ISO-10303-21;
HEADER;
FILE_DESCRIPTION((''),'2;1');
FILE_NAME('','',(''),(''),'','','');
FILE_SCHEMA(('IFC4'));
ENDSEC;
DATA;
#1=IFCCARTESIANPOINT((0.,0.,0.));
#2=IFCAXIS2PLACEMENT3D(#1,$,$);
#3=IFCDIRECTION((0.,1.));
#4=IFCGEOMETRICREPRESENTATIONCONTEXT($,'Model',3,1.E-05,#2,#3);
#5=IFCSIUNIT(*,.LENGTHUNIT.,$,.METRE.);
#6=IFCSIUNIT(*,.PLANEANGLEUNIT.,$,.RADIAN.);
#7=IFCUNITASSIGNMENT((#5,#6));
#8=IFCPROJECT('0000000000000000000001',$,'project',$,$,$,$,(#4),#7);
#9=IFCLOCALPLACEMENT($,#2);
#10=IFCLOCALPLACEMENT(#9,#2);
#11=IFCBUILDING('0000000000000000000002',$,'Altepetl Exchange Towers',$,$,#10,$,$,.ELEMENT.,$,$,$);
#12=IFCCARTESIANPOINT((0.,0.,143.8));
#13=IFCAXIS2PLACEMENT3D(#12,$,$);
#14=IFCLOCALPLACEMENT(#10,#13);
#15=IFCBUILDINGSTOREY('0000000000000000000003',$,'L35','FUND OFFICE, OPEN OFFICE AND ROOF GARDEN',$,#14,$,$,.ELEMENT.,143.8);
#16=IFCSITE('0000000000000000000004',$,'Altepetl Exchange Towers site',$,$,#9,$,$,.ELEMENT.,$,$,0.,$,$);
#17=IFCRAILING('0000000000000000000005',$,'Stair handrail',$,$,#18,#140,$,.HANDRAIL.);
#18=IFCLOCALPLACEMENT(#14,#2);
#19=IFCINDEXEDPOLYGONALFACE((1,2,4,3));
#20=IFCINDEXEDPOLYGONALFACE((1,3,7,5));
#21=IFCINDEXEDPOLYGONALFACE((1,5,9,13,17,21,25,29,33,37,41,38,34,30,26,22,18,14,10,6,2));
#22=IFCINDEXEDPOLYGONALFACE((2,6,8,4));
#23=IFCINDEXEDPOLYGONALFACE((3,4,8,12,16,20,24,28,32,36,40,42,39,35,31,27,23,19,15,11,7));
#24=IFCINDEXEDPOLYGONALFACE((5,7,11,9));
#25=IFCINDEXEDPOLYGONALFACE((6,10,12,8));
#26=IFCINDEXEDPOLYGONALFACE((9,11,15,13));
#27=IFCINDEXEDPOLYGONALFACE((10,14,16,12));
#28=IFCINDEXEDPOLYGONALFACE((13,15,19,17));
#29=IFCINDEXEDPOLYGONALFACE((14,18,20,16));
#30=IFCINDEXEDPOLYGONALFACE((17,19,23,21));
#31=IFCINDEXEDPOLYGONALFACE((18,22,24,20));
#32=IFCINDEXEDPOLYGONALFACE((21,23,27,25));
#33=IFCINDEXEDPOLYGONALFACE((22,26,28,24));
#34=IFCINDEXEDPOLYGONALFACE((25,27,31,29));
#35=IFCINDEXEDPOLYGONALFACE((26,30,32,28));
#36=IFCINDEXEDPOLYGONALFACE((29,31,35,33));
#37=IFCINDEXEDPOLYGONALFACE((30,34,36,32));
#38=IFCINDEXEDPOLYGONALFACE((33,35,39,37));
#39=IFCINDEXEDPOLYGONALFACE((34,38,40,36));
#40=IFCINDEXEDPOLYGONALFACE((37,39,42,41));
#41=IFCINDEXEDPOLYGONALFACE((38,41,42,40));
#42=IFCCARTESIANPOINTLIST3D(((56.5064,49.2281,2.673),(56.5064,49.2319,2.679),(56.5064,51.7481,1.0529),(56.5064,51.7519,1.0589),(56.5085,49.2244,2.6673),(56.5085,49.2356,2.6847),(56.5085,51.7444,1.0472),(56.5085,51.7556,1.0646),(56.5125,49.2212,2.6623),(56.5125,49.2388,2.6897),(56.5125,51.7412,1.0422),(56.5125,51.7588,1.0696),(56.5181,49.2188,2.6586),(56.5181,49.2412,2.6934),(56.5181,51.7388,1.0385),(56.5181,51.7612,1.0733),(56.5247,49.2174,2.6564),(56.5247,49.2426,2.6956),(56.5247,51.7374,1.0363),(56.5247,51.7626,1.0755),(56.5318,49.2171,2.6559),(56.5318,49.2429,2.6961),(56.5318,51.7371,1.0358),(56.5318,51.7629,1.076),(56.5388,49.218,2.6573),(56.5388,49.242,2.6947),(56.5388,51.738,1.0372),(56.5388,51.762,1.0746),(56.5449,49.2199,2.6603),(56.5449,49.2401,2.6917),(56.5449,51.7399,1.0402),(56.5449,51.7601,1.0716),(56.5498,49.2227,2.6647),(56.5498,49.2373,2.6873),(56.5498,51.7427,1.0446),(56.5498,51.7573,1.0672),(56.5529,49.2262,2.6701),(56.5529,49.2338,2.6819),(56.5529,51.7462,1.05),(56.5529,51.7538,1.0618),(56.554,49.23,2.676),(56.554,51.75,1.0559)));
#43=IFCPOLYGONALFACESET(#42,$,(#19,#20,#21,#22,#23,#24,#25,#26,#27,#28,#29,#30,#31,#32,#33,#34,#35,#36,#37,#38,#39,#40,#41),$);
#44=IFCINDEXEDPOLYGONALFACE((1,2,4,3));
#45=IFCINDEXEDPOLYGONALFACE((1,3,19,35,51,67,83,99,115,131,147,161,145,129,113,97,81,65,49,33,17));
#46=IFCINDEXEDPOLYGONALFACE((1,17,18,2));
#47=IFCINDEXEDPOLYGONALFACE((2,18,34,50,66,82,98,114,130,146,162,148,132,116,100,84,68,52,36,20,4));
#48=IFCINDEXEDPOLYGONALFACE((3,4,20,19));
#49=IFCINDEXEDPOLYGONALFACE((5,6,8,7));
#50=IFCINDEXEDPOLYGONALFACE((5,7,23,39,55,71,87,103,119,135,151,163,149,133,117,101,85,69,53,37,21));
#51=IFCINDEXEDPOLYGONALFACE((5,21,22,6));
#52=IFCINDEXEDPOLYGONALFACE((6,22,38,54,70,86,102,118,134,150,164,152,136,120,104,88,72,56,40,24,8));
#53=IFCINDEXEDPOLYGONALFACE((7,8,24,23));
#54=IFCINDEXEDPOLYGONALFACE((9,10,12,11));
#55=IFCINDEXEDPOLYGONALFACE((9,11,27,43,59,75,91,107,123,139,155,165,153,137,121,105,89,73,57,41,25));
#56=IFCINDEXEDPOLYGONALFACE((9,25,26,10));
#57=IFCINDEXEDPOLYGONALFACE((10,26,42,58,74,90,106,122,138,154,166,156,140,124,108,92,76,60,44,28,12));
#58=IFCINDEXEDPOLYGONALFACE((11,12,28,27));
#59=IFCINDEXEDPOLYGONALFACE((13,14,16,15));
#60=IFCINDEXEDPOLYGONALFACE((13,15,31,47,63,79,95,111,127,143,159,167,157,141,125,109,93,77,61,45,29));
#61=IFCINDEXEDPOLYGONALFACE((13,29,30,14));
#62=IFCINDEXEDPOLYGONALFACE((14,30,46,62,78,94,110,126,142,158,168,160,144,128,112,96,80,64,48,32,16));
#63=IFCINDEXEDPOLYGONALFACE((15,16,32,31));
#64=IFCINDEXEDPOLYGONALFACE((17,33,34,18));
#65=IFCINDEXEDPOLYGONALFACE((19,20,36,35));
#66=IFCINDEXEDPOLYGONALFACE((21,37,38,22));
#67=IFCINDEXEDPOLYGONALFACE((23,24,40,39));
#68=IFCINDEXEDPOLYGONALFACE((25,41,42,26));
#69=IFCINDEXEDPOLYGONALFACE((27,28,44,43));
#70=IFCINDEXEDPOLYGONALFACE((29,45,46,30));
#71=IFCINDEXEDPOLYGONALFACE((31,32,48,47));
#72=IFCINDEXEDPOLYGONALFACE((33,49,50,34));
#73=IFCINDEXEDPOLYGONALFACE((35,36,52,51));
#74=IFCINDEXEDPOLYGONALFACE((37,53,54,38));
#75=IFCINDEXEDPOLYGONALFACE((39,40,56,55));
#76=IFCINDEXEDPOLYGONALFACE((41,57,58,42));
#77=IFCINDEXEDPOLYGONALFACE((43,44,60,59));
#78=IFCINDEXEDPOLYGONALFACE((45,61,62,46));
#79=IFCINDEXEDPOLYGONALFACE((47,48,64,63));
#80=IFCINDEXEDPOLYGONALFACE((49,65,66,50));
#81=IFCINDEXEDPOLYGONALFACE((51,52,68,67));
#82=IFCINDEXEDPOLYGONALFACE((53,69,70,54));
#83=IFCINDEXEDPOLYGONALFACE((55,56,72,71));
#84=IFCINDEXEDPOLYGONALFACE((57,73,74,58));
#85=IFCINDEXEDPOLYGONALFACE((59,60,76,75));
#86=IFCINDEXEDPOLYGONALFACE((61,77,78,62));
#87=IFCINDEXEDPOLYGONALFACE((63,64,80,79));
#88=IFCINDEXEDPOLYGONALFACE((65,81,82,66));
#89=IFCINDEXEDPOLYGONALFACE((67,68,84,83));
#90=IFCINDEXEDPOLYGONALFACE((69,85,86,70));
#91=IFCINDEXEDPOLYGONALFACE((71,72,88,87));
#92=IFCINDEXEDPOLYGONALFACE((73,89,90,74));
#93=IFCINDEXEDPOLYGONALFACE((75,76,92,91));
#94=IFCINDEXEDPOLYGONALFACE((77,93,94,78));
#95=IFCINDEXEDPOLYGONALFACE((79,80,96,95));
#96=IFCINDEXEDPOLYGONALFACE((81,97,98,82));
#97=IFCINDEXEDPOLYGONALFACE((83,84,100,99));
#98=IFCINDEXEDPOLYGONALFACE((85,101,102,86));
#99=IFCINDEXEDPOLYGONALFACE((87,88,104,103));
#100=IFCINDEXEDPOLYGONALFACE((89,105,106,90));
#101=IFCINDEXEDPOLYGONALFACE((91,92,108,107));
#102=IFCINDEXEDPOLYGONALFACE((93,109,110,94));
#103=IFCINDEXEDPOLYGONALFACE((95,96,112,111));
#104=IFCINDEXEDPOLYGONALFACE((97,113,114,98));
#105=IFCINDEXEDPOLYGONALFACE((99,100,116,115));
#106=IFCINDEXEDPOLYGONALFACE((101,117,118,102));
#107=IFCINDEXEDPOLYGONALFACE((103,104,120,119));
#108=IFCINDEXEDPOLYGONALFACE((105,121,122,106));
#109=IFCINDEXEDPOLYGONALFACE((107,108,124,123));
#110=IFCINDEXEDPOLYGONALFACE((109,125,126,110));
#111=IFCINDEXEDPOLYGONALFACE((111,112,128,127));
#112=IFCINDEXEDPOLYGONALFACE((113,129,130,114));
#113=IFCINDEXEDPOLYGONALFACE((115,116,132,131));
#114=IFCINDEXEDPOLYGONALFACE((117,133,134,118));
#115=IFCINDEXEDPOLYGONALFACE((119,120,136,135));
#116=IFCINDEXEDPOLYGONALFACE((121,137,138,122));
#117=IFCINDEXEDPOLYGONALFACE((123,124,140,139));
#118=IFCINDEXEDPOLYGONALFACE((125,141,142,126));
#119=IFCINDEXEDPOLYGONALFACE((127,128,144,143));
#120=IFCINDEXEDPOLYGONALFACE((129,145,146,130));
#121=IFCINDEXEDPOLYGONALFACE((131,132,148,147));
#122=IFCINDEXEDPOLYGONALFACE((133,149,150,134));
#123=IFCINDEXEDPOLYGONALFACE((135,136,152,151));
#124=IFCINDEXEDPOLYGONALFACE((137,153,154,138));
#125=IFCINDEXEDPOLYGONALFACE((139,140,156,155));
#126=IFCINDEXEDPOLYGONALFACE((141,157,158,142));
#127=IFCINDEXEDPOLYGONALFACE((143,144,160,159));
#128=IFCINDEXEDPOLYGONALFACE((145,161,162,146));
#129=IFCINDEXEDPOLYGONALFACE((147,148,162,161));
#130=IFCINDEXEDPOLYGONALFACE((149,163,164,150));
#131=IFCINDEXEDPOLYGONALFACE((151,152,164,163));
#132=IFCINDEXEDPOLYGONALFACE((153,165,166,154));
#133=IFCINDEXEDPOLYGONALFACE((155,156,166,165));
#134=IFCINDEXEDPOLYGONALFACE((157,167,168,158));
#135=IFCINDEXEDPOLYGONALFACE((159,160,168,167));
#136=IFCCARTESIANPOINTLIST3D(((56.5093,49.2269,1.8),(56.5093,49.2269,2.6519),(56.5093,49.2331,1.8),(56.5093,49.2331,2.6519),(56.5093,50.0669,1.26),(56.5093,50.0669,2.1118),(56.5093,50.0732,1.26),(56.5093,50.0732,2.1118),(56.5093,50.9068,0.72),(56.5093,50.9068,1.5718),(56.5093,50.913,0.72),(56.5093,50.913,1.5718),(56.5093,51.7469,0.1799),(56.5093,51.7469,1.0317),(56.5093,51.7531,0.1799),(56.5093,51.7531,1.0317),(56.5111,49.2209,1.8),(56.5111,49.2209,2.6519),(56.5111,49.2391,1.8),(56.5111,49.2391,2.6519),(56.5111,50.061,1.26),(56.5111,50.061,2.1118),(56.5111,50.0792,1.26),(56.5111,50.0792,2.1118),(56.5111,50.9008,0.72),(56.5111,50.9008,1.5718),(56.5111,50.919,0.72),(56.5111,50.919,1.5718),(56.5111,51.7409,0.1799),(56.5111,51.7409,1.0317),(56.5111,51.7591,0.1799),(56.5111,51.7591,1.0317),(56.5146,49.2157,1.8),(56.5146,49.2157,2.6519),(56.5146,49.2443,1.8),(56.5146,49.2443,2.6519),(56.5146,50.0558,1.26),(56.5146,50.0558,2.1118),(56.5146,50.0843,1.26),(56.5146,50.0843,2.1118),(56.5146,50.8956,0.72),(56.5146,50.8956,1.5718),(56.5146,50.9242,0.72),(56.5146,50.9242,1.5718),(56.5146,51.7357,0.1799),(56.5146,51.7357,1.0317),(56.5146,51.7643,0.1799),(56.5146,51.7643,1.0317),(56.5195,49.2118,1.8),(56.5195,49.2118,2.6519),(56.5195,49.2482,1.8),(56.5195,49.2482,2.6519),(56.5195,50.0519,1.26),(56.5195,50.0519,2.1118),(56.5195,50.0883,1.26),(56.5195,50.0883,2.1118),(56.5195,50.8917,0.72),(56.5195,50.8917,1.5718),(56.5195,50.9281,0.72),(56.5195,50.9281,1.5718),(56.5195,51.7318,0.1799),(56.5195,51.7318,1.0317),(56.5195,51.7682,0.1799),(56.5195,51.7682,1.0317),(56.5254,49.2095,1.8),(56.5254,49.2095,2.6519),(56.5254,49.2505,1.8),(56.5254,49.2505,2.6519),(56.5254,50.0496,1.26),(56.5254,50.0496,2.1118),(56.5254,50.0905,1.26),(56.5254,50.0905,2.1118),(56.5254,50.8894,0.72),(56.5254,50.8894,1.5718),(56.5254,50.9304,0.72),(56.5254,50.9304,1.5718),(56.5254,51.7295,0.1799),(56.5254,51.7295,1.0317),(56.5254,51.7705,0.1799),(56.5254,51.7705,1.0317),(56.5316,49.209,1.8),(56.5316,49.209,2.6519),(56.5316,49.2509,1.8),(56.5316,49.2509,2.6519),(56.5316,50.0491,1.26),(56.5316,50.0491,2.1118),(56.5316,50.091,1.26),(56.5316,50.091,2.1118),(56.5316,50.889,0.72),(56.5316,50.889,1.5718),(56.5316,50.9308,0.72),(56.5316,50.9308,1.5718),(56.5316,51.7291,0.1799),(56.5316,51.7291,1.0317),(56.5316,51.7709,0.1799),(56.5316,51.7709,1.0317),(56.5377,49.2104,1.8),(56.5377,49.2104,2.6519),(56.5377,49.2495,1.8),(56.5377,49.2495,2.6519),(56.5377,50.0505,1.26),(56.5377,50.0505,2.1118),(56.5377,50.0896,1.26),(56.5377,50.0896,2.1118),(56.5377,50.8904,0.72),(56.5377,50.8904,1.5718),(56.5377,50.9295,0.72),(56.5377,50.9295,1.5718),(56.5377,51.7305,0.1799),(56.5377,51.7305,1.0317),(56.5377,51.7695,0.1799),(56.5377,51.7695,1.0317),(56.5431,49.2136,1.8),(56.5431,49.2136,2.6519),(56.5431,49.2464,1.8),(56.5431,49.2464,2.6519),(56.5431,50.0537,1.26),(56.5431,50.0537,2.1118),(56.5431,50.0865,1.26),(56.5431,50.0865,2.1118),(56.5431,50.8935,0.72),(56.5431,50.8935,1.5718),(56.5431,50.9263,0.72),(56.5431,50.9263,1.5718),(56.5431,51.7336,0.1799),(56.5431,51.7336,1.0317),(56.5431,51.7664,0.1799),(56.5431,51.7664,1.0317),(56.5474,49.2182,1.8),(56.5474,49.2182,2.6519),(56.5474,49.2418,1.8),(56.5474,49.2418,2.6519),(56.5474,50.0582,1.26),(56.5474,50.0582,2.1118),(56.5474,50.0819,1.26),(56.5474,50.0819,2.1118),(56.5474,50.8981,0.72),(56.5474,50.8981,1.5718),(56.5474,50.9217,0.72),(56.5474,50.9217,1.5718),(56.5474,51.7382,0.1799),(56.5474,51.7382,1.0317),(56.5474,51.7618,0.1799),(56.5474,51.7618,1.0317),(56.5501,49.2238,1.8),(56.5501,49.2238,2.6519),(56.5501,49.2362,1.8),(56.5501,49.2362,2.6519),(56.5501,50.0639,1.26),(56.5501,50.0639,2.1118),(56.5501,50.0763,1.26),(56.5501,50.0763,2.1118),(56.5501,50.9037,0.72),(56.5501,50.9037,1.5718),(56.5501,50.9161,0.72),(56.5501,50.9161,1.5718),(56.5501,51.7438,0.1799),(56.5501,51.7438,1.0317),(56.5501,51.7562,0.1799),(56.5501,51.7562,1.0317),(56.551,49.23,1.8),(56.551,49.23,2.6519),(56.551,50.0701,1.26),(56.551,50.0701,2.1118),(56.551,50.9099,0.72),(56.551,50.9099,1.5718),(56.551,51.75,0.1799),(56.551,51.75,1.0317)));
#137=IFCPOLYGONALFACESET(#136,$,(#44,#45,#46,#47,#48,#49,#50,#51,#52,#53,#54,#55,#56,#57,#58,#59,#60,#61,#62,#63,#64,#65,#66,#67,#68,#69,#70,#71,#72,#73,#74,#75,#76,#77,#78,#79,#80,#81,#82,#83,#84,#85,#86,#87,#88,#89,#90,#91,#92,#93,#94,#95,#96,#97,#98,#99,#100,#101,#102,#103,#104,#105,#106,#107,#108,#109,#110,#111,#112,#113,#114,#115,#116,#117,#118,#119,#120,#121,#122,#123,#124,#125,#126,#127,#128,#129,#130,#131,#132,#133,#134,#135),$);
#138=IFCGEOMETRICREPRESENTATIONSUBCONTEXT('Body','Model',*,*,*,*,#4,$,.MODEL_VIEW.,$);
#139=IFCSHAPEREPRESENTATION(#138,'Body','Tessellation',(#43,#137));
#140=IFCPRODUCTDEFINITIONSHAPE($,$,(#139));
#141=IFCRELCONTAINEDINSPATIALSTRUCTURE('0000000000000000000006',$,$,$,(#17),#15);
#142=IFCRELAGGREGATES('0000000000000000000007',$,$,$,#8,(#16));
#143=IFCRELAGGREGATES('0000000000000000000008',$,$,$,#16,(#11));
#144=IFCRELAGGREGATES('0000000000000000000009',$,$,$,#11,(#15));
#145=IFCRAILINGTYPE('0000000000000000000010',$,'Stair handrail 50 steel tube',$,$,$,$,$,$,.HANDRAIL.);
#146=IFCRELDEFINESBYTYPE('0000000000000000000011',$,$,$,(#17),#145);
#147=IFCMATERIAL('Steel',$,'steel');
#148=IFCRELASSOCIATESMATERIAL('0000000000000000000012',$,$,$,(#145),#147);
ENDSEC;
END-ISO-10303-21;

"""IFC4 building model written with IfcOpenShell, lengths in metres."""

from ifc_helpers import new_model, si_unit, direction, frame, origin, origin_2d, place, context, subcontext, project, spatial, circle, extrude, source, transform, mapped, material, type_object, element, save


model = new_model("IFC4")

# Units and contexts
model_context = context("Model", 3, precision=1e-05, world=origin(), true_north=direction((0.0, 1.0)))
body_context = subcontext(model_context, "Body", "Model", "MODEL_VIEW")
ifc_project = project(units=[si_unit("LENGTHUNIT", "METRE"), si_unit("PLANEANGLEUNIT", "RADIAN")], contexts=[model_context])

# Site, building, storey
site_placement = place(None, origin())
site = spatial("IfcSite", under=ifc_project, at=site_placement, Name="Altepetl Exchange Towers site", CompositionType="ELEMENT", RefElevation=0.0)
building_placement = place(site_placement, origin())
building = spatial("IfcBuilding", under=site, at=building_placement, Name="Altepetl Exchange Towers", CompositionType="ELEMENT")
storey_placement = place(building_placement, frame((0.0, 0.0, 143.8)))
storey = spatial("IfcBuildingStorey", under=building, at=storey_placement, Name="L35", Description="FUND OFFICE, OPEN OFFICE AND ROOF GARDEN", CompositionType="ELEMENT", Elevation=143.8)

# Railing
ifc_material_1 = material(Name="Steel", Category="steel")
railing_type = type_object("IfcRailingType", Name="Stair handrail 50 steel tube", PredefinedType="HANDRAIL", material=ifc_material_1)
shared_shape = source(origin(), body_context, "Body", "SweptSolid", [
    extrude(circle(Radius=0.021, at=origin_2d()), origin(), (0.0, 0.0, 1.0), 0.8518),
])
railing_placement = place(storey_placement, frame((56.53, 51.75, 0.1799)))
element("IfcRailing", 1, at=railing_placement, inside=storey, type_object=railing_type, Name="Stair handrail", PredefinedType="HANDRAIL", context=body_context, shape_type="SweptSolid", body=[
    extrude(circle(Radius=0.0239, at=origin_2d()), frame((0.0, 0.0, 0.876), z_axis=(0.0, -0.841163, 0.540782), x_axis=(1.0, 0.0, 0.0)), (0.0, 0.0, 1.0), 2.9958),
    mapped(shared_shape, transform((0.0, 0.0, 0.0))),
    mapped(shared_shape, transform((0.0, -0.8401, 0.54))),
    mapped(shared_shape, transform((0.0, -1.6799, 1.0801))),
    mapped(shared_shape, transform((0.0, -2.52, 1.6201))),
])

save(model, "model.ifc")
